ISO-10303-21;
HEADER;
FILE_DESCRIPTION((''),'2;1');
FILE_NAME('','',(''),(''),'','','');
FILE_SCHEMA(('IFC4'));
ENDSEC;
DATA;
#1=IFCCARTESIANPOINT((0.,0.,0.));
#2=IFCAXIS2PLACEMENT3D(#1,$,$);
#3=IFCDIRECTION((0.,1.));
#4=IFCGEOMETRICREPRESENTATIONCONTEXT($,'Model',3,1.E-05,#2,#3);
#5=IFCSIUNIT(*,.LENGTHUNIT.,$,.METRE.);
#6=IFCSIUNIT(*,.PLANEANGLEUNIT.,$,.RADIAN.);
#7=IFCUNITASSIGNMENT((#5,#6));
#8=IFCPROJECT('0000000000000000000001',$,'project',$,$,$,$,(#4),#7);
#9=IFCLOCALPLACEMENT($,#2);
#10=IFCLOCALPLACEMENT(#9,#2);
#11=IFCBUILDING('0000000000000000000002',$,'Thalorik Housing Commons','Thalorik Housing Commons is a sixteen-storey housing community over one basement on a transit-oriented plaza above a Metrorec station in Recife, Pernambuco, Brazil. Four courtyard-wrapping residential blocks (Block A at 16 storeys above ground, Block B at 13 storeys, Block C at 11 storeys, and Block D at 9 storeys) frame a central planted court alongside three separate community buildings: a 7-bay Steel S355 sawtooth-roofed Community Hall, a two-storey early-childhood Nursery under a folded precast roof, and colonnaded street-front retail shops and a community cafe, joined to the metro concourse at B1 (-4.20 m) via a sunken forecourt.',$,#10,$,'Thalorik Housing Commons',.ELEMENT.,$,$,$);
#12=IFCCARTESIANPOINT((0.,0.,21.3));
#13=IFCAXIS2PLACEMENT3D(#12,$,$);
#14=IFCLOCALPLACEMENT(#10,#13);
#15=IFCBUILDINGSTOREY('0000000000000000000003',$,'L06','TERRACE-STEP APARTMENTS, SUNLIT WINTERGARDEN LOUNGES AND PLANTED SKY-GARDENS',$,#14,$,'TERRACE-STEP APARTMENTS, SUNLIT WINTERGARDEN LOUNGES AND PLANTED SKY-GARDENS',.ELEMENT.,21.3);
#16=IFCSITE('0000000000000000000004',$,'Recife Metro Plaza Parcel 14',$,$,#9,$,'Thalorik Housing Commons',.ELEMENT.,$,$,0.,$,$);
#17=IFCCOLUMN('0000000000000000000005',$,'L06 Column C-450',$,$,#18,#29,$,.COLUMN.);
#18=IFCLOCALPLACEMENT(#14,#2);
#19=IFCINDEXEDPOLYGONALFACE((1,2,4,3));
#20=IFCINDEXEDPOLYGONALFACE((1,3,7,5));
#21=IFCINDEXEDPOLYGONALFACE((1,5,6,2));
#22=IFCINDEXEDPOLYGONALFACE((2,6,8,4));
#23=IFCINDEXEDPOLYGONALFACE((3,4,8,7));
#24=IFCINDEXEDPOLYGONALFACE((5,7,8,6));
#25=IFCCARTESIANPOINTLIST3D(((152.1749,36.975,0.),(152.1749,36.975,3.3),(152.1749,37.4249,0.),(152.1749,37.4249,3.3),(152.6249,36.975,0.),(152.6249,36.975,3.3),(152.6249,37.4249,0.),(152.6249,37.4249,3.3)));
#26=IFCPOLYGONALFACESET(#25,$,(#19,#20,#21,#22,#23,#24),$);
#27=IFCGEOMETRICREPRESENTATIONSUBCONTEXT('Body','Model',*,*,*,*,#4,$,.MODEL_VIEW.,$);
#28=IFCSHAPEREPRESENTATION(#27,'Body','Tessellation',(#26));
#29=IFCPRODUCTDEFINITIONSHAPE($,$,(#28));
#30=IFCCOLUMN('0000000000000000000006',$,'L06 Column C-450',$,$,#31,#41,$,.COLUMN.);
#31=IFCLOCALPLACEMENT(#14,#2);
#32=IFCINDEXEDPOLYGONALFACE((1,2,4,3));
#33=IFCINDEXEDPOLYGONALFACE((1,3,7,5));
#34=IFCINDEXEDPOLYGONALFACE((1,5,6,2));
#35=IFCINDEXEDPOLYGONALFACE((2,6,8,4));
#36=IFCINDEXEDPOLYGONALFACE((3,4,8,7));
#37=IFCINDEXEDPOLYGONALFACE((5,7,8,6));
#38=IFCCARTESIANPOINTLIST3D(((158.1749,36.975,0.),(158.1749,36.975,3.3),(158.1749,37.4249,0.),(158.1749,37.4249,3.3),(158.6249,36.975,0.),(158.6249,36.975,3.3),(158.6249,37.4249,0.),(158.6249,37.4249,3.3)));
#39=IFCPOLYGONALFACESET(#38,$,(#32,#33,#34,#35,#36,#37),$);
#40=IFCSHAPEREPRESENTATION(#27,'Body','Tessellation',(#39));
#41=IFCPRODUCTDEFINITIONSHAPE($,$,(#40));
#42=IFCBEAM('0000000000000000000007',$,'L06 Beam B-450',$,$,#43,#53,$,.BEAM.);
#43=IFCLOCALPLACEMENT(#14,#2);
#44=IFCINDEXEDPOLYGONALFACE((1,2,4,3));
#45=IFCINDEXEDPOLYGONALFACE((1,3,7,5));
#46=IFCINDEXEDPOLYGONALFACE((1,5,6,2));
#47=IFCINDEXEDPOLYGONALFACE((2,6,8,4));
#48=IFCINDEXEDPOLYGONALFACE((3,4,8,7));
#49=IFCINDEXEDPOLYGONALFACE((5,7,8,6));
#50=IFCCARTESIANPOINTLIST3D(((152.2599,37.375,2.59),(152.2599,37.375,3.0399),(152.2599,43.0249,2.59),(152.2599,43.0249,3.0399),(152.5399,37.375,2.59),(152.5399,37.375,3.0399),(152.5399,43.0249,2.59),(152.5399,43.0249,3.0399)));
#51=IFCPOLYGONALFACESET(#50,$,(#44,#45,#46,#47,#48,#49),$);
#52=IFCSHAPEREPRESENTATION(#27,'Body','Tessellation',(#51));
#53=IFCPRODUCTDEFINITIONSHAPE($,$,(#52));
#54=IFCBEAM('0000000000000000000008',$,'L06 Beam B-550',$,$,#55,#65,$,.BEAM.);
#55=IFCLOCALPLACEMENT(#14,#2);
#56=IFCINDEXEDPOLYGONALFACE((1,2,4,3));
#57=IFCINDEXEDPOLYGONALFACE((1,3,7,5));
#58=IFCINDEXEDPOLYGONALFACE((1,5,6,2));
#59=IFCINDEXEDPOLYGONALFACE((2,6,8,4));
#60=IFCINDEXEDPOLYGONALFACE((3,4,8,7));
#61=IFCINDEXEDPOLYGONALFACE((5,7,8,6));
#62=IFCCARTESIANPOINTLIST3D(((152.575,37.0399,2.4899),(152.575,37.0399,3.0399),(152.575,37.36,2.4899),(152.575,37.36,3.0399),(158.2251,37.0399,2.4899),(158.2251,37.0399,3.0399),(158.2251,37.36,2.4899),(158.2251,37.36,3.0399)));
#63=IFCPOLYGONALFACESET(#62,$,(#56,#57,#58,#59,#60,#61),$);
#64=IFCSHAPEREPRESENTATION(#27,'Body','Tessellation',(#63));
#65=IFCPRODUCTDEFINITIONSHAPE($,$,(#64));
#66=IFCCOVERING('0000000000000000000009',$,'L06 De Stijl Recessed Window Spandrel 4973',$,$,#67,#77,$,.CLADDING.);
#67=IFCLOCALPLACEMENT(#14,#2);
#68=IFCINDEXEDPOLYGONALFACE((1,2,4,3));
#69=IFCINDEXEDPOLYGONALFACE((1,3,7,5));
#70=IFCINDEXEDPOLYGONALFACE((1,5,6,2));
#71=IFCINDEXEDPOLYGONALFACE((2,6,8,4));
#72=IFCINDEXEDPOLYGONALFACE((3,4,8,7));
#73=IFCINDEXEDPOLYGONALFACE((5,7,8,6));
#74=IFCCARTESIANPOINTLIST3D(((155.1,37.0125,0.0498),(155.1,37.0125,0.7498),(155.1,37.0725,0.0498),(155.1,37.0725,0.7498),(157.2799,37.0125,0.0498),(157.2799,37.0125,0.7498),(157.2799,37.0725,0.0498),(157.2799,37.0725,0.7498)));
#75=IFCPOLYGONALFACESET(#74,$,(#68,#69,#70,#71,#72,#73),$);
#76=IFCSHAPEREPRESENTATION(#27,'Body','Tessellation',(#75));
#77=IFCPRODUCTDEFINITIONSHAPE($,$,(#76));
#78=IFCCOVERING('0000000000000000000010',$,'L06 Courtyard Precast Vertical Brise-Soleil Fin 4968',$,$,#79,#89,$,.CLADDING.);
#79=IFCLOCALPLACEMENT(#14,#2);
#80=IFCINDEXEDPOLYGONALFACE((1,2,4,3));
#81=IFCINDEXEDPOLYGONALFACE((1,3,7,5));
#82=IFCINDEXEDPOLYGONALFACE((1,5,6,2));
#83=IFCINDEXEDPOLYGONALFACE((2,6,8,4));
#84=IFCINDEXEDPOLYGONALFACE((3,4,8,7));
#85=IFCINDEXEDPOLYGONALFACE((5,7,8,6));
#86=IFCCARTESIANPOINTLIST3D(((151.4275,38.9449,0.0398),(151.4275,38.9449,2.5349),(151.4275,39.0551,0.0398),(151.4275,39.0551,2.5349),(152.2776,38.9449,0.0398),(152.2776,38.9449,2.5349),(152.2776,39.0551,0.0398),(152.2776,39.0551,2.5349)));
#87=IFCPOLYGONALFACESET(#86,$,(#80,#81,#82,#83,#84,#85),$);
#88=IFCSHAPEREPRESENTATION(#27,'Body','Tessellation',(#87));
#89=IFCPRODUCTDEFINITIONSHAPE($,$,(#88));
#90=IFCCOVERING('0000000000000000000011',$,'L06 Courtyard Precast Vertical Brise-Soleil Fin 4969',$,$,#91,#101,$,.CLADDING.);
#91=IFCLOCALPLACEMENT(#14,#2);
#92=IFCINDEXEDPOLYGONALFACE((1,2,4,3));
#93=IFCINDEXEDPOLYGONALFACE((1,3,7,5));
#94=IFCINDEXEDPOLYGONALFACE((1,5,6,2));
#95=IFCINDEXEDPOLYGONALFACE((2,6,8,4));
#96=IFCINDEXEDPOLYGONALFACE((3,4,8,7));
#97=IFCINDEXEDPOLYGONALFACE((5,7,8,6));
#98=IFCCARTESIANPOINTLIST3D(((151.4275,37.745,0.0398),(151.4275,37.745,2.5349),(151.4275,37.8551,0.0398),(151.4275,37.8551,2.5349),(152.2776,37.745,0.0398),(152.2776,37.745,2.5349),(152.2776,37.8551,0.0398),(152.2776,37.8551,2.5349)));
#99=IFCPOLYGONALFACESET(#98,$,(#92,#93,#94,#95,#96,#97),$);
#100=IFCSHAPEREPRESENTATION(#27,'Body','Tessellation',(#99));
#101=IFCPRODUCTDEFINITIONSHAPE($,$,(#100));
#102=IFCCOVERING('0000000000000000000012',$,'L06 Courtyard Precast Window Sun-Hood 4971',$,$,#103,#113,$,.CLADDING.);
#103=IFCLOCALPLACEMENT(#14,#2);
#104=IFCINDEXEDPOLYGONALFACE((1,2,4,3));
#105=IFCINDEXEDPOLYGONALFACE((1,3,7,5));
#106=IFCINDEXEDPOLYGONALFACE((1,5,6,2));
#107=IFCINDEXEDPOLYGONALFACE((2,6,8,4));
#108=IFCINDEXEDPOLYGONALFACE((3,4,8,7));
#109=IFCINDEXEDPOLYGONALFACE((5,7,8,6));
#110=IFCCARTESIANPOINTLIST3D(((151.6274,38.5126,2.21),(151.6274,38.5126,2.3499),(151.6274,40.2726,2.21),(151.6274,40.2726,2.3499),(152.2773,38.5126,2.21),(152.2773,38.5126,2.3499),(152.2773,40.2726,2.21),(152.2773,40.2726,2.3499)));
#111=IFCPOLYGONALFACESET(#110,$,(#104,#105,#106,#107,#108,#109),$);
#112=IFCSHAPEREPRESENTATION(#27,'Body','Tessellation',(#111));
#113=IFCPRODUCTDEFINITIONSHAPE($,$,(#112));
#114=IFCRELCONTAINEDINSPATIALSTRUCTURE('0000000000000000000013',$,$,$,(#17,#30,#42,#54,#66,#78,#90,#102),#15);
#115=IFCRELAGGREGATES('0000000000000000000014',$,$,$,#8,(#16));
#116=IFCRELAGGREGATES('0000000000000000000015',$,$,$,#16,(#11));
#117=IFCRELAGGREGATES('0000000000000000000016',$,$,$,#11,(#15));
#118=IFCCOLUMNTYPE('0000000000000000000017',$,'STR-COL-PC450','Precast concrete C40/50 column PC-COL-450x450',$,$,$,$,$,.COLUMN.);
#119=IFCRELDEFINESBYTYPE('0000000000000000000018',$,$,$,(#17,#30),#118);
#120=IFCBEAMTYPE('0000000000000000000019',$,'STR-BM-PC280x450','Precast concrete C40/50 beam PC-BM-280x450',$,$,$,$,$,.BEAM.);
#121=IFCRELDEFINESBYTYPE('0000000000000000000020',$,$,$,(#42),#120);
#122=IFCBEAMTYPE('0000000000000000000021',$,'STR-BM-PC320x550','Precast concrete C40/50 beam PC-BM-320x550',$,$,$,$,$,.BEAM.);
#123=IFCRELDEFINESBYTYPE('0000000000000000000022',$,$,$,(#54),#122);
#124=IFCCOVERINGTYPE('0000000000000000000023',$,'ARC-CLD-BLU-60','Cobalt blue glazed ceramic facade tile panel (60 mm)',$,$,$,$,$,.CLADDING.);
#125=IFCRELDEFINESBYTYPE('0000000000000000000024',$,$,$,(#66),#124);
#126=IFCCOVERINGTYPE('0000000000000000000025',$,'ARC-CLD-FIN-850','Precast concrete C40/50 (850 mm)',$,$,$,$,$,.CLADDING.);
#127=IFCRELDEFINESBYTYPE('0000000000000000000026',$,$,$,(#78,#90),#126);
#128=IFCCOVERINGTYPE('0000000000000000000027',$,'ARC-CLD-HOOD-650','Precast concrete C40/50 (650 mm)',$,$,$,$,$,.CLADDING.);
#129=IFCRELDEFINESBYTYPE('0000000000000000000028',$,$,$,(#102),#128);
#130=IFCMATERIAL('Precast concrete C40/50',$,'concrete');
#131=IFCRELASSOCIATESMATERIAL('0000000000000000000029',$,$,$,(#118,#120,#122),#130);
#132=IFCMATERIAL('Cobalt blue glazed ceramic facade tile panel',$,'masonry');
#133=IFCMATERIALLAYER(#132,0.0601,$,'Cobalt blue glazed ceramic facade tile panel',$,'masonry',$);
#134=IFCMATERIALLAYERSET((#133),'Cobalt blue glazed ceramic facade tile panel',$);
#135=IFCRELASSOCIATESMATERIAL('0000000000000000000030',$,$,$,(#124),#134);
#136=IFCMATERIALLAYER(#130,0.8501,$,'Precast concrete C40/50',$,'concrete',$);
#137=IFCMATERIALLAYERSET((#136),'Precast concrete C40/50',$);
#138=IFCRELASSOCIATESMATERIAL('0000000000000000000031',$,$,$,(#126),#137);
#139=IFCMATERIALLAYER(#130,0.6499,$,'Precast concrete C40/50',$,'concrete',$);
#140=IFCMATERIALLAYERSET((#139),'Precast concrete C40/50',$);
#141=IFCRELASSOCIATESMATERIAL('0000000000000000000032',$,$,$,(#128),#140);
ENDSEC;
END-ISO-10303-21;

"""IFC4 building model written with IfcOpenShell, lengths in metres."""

from ifc_helpers import new_model, si_unit, direction, frame, origin, origin_2d, place, context, subcontext, project, spatial, rectangle, extrude, material, layer, layer_set, material_profile, profile_set, type_object, element, save


model = new_model("IFC4")

# Units and contexts
model_context = context("Model", 3, precision=1e-05, world=origin(), true_north=direction((0.0, 1.0)))
body_context = subcontext(model_context, "Body", "Model", "MODEL_VIEW")
ifc_project = project(units=[si_unit("LENGTHUNIT", "METRE"), si_unit("PLANEANGLEUNIT", "RADIAN")], contexts=[model_context])

# Site, building, storey
site_placement = place(None, origin())
site = spatial("IfcSite", under=ifc_project, at=site_placement, Name="Recife Metro Plaza Parcel 14", LongName="Thalorik Housing Commons", CompositionType="ELEMENT", RefElevation=0.0)
building_placement = place(site_placement, origin())
building = spatial("IfcBuilding", under=site, at=building_placement, Name="Thalorik Housing Commons", Description="Thalorik Housing Commons is a sixteen-storey housing community over one basement on a transit-oriented plaza above a Metrorec station in Recife, Pernambuco, Brazil. Four courtyard-wrapping residential blocks (Block A at 16 storeys above ground, Block B at 13 storeys, Block C at 11 storeys, and Block D at 9 storeys) frame a central planted court alongside three separate community buildings: a 7-bay Steel S355 sawtooth-roofed Community Hall, a two-storey early-childhood Nursery under a folded precast roof, and colonnaded street-front retail shops and a community cafe, joined to the metro concourse at B1 (-4.20 m) via a sunken forecourt.", LongName="Thalorik Housing Commons", CompositionType="ELEMENT")
storey_placement = place(building_placement, frame((0.0, 0.0, 21.3)))
storey = spatial("IfcBuildingStorey", under=building, at=storey_placement, Name="L06", Description="TERRACE-STEP APARTMENTS, SUNLIT WINTERGARDEN LOUNGES AND PLANTED SKY-GARDENS", LongName="TERRACE-STEP APARTMENTS, SUNLIT WINTERGARDEN LOUNGES AND PLANTED SKY-GARDENS", CompositionType="ELEMENT", Elevation=21.3)

# Columns
ifc_material_1 = material(Name="Precast concrete C40/50", Category="concrete")
ifc_material_profile_1 = material_profile(ifc_material_1, rectangle(XDim=0.45, YDim=0.45, at=origin_2d()), Name="PC 450x450", Category="concrete")
ifc_profile_set_1 = profile_set([ifc_material_profile_1], Name="Precast concrete C40/50")
column_type = type_object("IfcColumnType", Name="STR-COL-PC450", Description="Precast concrete C40/50 column PC-COL-450x450", PredefinedType="COLUMN", material=ifc_profile_set_1)
for number, where, z_axis, x_axis, name in (
    (1, (152.3999, 37.2, 0.0), (0.0, 0.0, 1.0), (1.0, 0.0, 0.0), "L06 Column C-450"),
    (2, (158.3999, 37.2, 0.0), (0.0, 0.0, 1.0), (1.0, 0.0, 0.0), "L06 Column C-450"),
):
    element("IfcColumn", number, at=place(storey_placement, frame(where, z_axis=z_axis, x_axis=x_axis)), inside=storey, type_object=column_type, Name=name, PredefinedType="COLUMN", context=body_context, shape_type="SweptSolid", body=[
        extrude(rectangle(XDim=0.45, YDim=0.45, at=origin_2d()), origin(), (0.0, 0.0, 1.0), 3.3),
    ])

# Beams
ifc_material_profile_2 = material_profile(ifc_material_1, rectangle(XDim=0.28, YDim=0.45, at=origin_2d()), Name="PC 280x450", Category="concrete")
ifc_profile_set_2 = profile_set([ifc_material_profile_2], Name="Precast concrete C40/50")
beam_type_1 = type_object("IfcBeamType", Name="STR-BM-PC280x450", Description="Precast concrete C40/50 beam PC-BM-280x450", PredefinedType="BEAM", material=ifc_profile_set_2)
beam_1_placement = place(storey_placement, frame((152.3999, 37.375, 2.8149), z_axis=(0.0, 1.0, 0.0), x_axis=(-1.0, 0.0, 0.0)))
element("IfcBeam", 3, at=beam_1_placement, inside=storey, type_object=beam_type_1, Name="L06 Beam B-450", PredefinedType="BEAM", context=body_context, shape_type="SweptSolid", body=[
    extrude(rectangle(XDim=0.28, YDim=0.45, at=origin_2d()), origin(), (0.0, 0.0, 1.0), 5.6499),
])
ifc_material_profile_3 = material_profile(ifc_material_1, rectangle(XDim=0.3201, YDim=0.55, at=origin_2d()), Name="PC 320x550", Category="concrete")
ifc_profile_set_3 = profile_set([ifc_material_profile_3], Name="Precast concrete C40/50")
beam_type_2 = type_object("IfcBeamType", Name="STR-BM-PC320x550", Description="Precast concrete C40/50 beam PC-BM-320x550", PredefinedType="BEAM", material=ifc_profile_set_3)
beam_2_placement = place(storey_placement, frame((152.575, 37.2, 2.7649), z_axis=(1.0, 0.0, 0.0), x_axis=(0.0, 1.0, 0.0)))
element("IfcBeam", 4, at=beam_2_placement, inside=storey, type_object=beam_type_2, Name="L06 Beam B-550", PredefinedType="BEAM", context=body_context, shape_type="SweptSolid", body=[
    extrude(rectangle(XDim=0.3201, YDim=0.55, at=origin_2d()), origin(), (0.0, 0.0, 1.0), 5.6501),
])

# Coverings
ifc_material_2 = material(Name="Cobalt blue glazed ceramic facade tile panel", Category="masonry")
ifc_layer_1 = layer(ifc_material_2, 0.0601, Name="Cobalt blue glazed ceramic facade tile panel", Category="masonry")
ifc_layer_set_1 = layer_set([ifc_layer_1], Name="Cobalt blue glazed ceramic facade tile panel")
covering_type_1 = type_object("IfcCoveringType", Name="ARC-CLD-BLU-60", Description="Cobalt blue glazed ceramic facade tile panel (60 mm)", PredefinedType="CLADDING", material=ifc_layer_set_1)
covering_1_placement = place(storey_placement, frame((156.1899, 37.0425, 0.0498), z_axis=(0.0, 0.0, 1.0), x_axis=(1.0, 0.0, 0.0)))
element("IfcCovering", 5, at=covering_1_placement, inside=storey, type_object=covering_type_1, Name="L06 De Stijl Recessed Window Spandrel 4973", PredefinedType="CLADDING", context=body_context, shape_type="SweptSolid", body=[
    extrude(rectangle(XDim=2.1799, YDim=0.0601, at=origin_2d()), origin(), (0.0, 0.0, 1.0), 0.7),
])
ifc_layer_2 = layer(ifc_material_1, 0.8501, Name="Precast concrete C40/50", Category="concrete")
ifc_layer_set_2 = layer_set([ifc_layer_2], Name="Precast concrete C40/50")
covering_type_2 = type_object("IfcCoveringType", Name="ARC-CLD-FIN-850", Description="Precast concrete C40/50 (850 mm)", PredefinedType="CLADDING", material=ifc_layer_set_2)
for number, where, z_axis, x_axis, name in (
    (6, (151.8525, 39.0, 0.0398), (0.0, 0.0, 1.0), (0.0, -1.0, 0.0), "L06 Courtyard Precast Vertical Brise-Soleil Fin 4968"),
    (7, (151.8525, 37.8, 0.0398), (0.0, 0.0, 1.0), (0.0, -1.0, 0.0), "L06 Courtyard Precast Vertical Brise-Soleil Fin 4969"),
):
    element("IfcCovering", number, at=place(storey_placement, frame(where, z_axis=z_axis, x_axis=x_axis)), inside=storey, type_object=covering_type_2, Name=name, PredefinedType="CLADDING", context=body_context, shape_type="SweptSolid", body=[
        extrude(rectangle(XDim=0.1101, YDim=0.8501, at=origin_2d()), origin(), (0.0, 0.0, 1.0), 2.4951),
    ])
ifc_layer_3 = layer(ifc_material_1, 0.6499, Name="Precast concrete C40/50", Category="concrete")
ifc_layer_set_3 = layer_set([ifc_layer_3], Name="Precast concrete C40/50")
covering_type_3 = type_object("IfcCoveringType", Name="ARC-CLD-HOOD-650", Description="Precast concrete C40/50 (650 mm)", PredefinedType="CLADDING", material=ifc_layer_set_3)
covering_2_placement = place(storey_placement, frame((151.9524, 39.3926, 2.21), z_axis=(0.0, 0.0, 1.0), x_axis=(0.0, -1.0, 0.0)))
element("IfcCovering", 8, at=covering_2_placement, inside=storey, type_object=covering_type_3, Name="L06 Courtyard Precast Window Sun-Hood 4971", PredefinedType="CLADDING", context=body_context, shape_type="SweptSolid", body=[
    extrude(rectangle(XDim=1.76, YDim=0.6499, at=origin_2d()), origin(), (0.0, 0.0, 1.0), 0.1399),
])

save(model, "model.ifc")
